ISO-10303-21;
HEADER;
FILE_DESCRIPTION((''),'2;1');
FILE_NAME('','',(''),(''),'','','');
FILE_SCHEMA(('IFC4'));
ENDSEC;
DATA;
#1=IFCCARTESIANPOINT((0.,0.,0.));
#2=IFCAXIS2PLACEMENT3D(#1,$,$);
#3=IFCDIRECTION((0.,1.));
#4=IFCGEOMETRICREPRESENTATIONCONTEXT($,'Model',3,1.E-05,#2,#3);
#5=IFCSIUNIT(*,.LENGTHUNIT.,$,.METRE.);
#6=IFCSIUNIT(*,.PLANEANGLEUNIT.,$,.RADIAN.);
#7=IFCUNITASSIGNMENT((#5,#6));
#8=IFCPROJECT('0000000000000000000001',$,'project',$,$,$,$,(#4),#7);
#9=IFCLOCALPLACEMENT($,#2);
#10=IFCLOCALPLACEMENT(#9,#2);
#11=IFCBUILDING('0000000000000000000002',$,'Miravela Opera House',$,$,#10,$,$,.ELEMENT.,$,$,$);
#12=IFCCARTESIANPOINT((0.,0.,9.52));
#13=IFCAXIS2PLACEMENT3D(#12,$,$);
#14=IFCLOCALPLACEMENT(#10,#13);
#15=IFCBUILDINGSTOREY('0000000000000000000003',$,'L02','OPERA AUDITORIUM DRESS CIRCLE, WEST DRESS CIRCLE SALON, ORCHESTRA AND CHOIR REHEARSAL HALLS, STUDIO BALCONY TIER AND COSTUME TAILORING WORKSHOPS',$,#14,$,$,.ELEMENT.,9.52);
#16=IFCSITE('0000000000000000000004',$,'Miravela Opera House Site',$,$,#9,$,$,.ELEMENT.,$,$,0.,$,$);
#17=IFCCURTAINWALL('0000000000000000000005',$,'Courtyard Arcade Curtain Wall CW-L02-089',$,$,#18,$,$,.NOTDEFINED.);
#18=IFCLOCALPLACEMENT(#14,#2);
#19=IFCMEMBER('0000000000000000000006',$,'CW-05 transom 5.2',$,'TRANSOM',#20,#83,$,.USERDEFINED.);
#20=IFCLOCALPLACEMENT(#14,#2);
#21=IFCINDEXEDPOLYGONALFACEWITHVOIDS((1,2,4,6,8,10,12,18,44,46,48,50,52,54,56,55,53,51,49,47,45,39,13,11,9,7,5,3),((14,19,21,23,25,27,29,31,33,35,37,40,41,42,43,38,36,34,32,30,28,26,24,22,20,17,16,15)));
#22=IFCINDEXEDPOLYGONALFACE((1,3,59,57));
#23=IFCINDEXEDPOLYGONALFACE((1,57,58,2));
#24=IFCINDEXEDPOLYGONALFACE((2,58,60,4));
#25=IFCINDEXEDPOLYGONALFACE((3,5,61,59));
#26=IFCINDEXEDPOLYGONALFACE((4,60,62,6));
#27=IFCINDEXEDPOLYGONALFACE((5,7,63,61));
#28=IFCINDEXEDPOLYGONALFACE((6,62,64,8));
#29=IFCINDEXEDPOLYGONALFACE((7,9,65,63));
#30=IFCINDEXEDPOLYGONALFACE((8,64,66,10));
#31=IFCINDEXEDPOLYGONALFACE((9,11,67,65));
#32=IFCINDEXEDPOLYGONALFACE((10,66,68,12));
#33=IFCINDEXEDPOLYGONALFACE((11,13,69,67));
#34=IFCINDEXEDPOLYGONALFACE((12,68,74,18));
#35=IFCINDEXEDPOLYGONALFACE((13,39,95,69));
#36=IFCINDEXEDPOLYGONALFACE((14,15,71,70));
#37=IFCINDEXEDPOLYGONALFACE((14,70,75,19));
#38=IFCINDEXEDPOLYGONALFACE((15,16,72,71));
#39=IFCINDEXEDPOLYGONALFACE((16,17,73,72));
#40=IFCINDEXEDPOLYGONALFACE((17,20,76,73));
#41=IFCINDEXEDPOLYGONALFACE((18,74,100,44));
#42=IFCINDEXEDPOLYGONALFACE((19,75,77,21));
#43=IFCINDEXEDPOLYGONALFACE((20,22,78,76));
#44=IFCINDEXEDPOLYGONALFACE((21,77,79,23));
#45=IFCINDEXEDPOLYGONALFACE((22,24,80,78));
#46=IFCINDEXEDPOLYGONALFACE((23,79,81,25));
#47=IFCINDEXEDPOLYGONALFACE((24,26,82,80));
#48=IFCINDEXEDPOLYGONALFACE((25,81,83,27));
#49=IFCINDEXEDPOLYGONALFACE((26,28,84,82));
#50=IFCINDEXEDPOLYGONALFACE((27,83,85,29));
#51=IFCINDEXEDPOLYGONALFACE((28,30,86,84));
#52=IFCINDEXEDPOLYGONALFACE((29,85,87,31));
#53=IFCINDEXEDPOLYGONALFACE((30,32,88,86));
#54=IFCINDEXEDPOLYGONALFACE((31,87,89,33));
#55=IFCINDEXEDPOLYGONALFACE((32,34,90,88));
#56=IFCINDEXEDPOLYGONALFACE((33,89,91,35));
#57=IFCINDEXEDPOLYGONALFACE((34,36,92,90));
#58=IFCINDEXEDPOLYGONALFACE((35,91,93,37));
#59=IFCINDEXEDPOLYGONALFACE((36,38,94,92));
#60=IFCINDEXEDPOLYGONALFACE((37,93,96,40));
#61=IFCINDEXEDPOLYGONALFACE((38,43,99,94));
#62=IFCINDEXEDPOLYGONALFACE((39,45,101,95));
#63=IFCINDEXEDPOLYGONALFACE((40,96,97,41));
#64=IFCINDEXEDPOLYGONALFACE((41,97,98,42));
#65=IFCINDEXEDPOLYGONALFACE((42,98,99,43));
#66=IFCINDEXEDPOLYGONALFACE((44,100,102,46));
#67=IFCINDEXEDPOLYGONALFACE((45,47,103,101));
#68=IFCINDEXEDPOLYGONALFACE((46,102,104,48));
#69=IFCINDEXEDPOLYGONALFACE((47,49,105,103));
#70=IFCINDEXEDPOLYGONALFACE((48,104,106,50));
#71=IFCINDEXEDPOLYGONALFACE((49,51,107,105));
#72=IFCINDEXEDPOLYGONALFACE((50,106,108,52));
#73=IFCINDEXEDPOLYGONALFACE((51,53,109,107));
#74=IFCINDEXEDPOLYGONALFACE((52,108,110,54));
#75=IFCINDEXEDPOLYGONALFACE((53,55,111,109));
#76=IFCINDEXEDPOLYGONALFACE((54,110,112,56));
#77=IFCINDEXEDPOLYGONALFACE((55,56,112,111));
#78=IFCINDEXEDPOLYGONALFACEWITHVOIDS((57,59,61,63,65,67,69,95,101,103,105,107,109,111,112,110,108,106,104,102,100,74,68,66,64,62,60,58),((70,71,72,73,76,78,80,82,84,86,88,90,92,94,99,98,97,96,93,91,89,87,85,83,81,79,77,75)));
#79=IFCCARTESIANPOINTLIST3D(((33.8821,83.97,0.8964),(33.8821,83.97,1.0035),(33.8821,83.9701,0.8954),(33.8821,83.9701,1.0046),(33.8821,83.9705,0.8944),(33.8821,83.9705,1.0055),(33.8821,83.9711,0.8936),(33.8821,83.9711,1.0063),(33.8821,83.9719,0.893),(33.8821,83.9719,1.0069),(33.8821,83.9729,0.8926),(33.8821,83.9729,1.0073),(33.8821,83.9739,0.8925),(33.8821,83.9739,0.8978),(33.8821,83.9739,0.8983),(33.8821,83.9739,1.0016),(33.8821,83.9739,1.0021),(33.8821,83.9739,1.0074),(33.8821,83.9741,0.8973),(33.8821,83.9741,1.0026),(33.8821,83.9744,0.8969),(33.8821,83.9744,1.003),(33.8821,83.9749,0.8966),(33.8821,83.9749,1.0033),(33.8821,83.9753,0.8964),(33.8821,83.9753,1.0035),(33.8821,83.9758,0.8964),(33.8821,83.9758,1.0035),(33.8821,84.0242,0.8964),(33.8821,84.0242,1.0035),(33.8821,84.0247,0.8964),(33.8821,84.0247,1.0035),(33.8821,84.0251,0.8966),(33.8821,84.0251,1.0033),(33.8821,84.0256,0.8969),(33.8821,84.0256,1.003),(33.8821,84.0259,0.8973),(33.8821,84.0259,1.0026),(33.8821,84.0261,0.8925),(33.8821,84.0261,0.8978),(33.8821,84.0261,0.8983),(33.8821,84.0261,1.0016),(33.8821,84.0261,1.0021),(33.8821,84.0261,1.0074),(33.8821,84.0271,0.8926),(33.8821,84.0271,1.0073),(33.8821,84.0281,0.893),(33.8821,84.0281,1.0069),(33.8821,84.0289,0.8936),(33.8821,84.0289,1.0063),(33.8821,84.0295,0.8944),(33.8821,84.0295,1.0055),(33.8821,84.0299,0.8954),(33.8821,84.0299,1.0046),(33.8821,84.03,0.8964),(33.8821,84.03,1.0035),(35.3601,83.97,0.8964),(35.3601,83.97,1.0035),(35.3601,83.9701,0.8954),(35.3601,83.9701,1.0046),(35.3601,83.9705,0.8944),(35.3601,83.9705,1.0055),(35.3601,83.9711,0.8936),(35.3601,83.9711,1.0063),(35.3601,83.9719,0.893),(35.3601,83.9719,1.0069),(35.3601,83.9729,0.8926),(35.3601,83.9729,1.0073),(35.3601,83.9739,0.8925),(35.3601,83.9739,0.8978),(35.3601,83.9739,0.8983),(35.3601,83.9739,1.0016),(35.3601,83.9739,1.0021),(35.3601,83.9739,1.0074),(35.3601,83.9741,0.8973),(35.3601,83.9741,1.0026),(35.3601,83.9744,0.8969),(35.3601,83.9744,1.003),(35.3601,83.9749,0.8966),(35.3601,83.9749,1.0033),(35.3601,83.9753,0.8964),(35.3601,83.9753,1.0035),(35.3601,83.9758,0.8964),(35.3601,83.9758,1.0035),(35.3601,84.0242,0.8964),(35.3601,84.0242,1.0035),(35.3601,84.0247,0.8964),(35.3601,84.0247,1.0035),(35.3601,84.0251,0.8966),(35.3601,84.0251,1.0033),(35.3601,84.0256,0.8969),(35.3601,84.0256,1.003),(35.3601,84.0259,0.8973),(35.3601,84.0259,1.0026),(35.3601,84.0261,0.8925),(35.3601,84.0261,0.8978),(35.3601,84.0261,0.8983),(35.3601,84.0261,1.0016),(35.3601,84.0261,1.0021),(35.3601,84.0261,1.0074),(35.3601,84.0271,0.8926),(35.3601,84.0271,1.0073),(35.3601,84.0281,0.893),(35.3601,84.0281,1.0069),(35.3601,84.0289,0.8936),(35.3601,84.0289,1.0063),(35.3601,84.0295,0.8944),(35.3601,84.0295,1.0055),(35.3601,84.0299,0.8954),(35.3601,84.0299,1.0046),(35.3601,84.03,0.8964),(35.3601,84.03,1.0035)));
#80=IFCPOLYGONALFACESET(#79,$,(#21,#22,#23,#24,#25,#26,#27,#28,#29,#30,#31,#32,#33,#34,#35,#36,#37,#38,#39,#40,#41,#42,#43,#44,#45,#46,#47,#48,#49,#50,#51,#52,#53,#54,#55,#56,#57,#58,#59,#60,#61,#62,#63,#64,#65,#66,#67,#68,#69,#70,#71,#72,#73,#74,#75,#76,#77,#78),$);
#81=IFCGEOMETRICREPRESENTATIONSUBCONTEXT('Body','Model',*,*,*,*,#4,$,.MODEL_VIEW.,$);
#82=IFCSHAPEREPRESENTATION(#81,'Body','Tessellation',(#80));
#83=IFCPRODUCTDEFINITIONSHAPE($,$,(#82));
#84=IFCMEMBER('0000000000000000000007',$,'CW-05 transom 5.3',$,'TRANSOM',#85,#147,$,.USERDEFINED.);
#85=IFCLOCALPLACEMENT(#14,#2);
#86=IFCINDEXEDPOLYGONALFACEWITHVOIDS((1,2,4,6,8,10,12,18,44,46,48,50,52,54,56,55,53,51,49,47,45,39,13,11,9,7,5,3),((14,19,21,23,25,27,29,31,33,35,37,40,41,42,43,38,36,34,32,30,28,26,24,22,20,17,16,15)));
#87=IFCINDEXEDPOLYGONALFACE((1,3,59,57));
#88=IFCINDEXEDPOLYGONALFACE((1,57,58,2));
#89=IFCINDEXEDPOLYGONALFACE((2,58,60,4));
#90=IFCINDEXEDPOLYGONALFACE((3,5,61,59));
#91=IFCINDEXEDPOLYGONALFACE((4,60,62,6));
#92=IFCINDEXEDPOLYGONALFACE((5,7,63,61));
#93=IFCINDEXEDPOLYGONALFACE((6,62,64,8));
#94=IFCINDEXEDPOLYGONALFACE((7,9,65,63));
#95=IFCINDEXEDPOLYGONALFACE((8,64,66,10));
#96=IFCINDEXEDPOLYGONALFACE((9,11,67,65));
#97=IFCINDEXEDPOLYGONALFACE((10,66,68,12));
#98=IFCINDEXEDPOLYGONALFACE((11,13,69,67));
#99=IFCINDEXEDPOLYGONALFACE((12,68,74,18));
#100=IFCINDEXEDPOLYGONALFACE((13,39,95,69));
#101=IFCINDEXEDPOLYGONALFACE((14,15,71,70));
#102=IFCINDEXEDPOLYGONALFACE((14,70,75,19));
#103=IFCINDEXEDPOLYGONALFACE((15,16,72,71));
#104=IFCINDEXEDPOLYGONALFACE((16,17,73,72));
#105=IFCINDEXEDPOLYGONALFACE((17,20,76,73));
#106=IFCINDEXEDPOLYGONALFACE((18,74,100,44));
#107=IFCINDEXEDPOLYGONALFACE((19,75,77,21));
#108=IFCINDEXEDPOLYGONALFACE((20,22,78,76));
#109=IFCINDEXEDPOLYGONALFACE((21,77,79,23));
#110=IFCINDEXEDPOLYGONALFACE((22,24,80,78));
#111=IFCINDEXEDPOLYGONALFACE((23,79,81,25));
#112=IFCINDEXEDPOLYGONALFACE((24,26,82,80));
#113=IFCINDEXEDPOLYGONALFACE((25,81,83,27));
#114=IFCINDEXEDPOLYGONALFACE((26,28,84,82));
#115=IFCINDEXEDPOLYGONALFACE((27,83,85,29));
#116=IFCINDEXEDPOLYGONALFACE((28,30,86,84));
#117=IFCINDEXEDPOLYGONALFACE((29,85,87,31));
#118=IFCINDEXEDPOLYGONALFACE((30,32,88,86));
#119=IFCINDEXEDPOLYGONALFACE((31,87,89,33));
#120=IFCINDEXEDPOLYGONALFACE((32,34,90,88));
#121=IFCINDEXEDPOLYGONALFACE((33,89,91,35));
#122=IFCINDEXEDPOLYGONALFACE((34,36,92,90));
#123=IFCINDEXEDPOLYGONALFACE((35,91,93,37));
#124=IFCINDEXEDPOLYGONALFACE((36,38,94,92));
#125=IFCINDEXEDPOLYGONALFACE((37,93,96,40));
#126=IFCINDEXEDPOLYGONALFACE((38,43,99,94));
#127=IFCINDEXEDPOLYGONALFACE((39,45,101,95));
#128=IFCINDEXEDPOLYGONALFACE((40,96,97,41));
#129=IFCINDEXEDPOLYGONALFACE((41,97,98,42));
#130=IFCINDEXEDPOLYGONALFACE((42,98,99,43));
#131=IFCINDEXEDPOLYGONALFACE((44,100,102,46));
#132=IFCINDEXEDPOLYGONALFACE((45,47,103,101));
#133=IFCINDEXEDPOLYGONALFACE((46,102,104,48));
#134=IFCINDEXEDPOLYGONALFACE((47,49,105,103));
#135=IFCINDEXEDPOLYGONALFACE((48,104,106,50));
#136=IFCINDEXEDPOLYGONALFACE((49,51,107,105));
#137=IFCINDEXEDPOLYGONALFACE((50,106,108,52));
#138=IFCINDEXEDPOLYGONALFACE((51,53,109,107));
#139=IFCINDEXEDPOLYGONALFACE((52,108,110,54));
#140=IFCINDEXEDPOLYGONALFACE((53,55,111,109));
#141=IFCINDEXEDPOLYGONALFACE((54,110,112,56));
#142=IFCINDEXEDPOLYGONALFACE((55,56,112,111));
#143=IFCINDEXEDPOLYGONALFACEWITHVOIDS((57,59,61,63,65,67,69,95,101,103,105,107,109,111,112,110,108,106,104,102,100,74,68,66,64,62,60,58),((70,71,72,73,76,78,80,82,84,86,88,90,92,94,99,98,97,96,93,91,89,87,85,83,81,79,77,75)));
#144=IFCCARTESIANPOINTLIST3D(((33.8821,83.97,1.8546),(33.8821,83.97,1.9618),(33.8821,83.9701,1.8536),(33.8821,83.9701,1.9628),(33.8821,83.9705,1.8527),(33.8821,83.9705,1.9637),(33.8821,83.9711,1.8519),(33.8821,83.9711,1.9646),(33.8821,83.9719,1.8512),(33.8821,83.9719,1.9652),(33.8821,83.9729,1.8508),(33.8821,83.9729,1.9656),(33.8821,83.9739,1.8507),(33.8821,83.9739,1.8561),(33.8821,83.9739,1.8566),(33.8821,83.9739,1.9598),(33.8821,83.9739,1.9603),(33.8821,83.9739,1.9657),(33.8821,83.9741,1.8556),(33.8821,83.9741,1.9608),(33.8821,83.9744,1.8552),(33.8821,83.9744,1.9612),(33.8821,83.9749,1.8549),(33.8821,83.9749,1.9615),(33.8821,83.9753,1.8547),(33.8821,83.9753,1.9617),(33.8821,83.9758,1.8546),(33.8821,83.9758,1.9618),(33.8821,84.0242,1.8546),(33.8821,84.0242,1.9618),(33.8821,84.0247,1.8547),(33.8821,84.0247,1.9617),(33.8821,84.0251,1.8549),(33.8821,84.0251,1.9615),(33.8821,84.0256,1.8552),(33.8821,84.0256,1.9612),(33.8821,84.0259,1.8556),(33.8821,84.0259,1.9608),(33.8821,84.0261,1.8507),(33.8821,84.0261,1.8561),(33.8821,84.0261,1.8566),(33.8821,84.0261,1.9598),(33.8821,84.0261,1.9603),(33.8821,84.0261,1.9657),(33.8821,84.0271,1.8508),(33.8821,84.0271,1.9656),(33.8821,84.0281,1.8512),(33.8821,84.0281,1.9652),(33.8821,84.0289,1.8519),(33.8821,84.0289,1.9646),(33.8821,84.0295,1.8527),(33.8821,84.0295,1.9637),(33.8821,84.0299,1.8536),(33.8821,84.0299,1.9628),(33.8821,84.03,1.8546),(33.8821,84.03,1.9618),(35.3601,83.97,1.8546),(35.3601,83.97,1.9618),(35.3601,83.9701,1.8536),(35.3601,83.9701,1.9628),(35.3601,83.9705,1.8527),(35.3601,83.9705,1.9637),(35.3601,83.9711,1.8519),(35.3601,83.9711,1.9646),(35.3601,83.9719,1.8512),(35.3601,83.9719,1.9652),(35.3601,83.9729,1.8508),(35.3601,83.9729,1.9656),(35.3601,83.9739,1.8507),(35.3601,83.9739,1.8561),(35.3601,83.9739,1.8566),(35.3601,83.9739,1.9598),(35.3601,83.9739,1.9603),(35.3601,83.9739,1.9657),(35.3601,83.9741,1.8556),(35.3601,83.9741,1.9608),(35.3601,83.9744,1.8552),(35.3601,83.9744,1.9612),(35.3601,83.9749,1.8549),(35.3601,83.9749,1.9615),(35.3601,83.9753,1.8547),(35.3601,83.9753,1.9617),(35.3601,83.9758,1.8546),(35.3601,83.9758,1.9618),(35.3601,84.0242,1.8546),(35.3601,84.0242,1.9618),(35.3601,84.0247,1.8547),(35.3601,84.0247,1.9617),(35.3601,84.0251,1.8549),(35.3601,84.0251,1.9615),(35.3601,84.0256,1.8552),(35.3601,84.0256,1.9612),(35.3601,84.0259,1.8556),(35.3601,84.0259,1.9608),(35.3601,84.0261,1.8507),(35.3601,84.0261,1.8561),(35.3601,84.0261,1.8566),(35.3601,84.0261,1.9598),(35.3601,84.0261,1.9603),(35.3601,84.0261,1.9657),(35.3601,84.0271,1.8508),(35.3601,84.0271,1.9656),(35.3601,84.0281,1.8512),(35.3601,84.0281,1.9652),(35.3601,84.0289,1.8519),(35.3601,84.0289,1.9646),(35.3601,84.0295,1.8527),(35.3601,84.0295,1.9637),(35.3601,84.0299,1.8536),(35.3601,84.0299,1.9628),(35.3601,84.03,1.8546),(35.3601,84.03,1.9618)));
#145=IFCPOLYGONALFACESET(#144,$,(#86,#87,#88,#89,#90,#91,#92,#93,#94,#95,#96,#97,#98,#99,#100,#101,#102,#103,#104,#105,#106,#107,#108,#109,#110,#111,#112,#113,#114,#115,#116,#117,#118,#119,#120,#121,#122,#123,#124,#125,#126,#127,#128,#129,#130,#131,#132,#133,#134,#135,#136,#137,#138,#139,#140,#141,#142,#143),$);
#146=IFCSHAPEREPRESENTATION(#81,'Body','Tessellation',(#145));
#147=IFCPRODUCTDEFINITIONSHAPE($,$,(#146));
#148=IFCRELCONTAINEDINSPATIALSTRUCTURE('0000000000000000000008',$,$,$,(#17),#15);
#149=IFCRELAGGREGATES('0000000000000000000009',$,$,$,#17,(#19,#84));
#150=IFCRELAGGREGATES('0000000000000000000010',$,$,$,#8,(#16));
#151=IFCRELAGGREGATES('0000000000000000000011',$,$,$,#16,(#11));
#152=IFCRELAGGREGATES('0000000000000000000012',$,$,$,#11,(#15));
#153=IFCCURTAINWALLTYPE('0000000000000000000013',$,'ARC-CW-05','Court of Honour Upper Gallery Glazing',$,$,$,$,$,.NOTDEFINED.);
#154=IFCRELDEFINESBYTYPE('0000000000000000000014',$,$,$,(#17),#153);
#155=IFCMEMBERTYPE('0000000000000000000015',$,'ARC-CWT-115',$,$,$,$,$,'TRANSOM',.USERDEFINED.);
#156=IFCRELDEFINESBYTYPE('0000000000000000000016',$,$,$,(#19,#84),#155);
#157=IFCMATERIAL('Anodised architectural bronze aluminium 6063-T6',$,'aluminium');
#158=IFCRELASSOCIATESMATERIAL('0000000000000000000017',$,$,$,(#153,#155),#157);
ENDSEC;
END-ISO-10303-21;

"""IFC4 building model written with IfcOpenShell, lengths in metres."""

from ifc_helpers import new_model, si_unit, direction, frame, origin, origin_2d, place, context, subcontext, project, spatial, hollow_rectangle, extrude, material, material_profile, profile_set, type_object, element, aggregate, save


model = new_model("IFC4")

# Units and contexts
model_context = context("Model", 3, precision=1e-05, world=origin(), true_north=direction((0.0, 1.0)))
body_context = subcontext(model_context, "Body", "Model", "MODEL_VIEW")
ifc_project = project(units=[si_unit("LENGTHUNIT", "METRE"), si_unit("PLANEANGLEUNIT", "RADIAN")], contexts=[model_context])

# Site, building, storey
site_placement = place(None, origin())
site = spatial("IfcSite", under=ifc_project, at=site_placement, Name="Miravela Opera House Site", CompositionType="ELEMENT", RefElevation=0.0)
building_placement = place(site_placement, origin())
building = spatial("IfcBuilding", under=site, at=building_placement, Name="Miravela Opera House", CompositionType="ELEMENT")
storey_placement = place(building_placement, frame((0.0, 0.0, 9.52)))
storey = spatial("IfcBuildingStorey", under=building, at=storey_placement, Name="L02", Description="OPERA AUDITORIUM DRESS CIRCLE, WEST DRESS CIRCLE SALON, ORCHESTRA AND CHOIR REHEARSAL HALLS, STUDIO BALCONY TIER AND COSTUME TAILORING WORKSHOPS", CompositionType="ELEMENT", Elevation=9.52)

# Curtain wall
ifc_material_1 = material(Name="Anodised architectural bronze aluminium 6063-T6", Category="aluminium")
curtain_wall_type = type_object("IfcCurtainWallType", Name="ARC-CW-05", Description="Court of Honour Upper Gallery Glazing", PredefinedType="NOTDEFINED", material=ifc_material_1)
curtain_wall_1_placement = place(storey_placement, origin())
curtain_wall_1 = element("IfcCurtainWall", 1, at=curtain_wall_1_placement, inside=storey, type_object=curtain_wall_type, Name="Courtyard Arcade Curtain Wall CW-L02-089", PredefinedType="NOTDEFINED")

# Members
ifc_material_profile_1 = material_profile(ifc_material_1, hollow_rectangle(XDim=0.0601, YDim=0.115, WallThickness=0.0039, InnerFilletRadius=0.002, OuterFilletRadius=0.0039, at=origin_2d()), Name="CWT-60X115")
ifc_profile_set_1 = profile_set([ifc_material_profile_1])
member_type_1 = type_object("IfcMemberType", Name="ARC-CWT-115", ElementType="TRANSOM", PredefinedType="USERDEFINED", material=ifc_profile_set_1)
member_1_placement = place(storey_placement, frame((33.8821, 84.0, 0.95), z_axis=(1.0, 0.0, 0.0), x_axis=(0.0, 1.0, 0.0)))
member_1 = element("IfcMember", 2, at=member_1_placement, type_object=member_type_1, Name="CW-05 transom 5.2", ObjectType="TRANSOM", PredefinedType="USERDEFINED", context=body_context, shape_type="SweptSolid", body=[
    extrude(hollow_rectangle(XDim=0.0601, YDim=0.115, WallThickness=0.0039, InnerFilletRadius=0.002, OuterFilletRadius=0.0039, at=origin_2d()), origin(), (0.0, 0.0, 1.0), 1.478),
])
member_2_placement = place(storey_placement, frame((33.8821, 84.0, 1.9082), z_axis=(1.0, 0.0, 0.0), x_axis=(0.0, 1.0, 0.0)))
member_2 = element("IfcMember", 3, at=member_2_placement, type_object=member_type_1, Name="CW-05 transom 5.3", ObjectType="TRANSOM", PredefinedType="USERDEFINED", context=body_context, shape_type="SweptSolid", body=[
    extrude(hollow_rectangle(XDim=0.0601, YDim=0.115, WallThickness=0.0039, InnerFilletRadius=0.002, OuterFilletRadius=0.0039, at=origin_2d()), origin(), (0.0, 0.0, 1.0), 1.478),
])

aggregate(curtain_wall_1, [member_1, member_2])

save(model, "model.ifc")
